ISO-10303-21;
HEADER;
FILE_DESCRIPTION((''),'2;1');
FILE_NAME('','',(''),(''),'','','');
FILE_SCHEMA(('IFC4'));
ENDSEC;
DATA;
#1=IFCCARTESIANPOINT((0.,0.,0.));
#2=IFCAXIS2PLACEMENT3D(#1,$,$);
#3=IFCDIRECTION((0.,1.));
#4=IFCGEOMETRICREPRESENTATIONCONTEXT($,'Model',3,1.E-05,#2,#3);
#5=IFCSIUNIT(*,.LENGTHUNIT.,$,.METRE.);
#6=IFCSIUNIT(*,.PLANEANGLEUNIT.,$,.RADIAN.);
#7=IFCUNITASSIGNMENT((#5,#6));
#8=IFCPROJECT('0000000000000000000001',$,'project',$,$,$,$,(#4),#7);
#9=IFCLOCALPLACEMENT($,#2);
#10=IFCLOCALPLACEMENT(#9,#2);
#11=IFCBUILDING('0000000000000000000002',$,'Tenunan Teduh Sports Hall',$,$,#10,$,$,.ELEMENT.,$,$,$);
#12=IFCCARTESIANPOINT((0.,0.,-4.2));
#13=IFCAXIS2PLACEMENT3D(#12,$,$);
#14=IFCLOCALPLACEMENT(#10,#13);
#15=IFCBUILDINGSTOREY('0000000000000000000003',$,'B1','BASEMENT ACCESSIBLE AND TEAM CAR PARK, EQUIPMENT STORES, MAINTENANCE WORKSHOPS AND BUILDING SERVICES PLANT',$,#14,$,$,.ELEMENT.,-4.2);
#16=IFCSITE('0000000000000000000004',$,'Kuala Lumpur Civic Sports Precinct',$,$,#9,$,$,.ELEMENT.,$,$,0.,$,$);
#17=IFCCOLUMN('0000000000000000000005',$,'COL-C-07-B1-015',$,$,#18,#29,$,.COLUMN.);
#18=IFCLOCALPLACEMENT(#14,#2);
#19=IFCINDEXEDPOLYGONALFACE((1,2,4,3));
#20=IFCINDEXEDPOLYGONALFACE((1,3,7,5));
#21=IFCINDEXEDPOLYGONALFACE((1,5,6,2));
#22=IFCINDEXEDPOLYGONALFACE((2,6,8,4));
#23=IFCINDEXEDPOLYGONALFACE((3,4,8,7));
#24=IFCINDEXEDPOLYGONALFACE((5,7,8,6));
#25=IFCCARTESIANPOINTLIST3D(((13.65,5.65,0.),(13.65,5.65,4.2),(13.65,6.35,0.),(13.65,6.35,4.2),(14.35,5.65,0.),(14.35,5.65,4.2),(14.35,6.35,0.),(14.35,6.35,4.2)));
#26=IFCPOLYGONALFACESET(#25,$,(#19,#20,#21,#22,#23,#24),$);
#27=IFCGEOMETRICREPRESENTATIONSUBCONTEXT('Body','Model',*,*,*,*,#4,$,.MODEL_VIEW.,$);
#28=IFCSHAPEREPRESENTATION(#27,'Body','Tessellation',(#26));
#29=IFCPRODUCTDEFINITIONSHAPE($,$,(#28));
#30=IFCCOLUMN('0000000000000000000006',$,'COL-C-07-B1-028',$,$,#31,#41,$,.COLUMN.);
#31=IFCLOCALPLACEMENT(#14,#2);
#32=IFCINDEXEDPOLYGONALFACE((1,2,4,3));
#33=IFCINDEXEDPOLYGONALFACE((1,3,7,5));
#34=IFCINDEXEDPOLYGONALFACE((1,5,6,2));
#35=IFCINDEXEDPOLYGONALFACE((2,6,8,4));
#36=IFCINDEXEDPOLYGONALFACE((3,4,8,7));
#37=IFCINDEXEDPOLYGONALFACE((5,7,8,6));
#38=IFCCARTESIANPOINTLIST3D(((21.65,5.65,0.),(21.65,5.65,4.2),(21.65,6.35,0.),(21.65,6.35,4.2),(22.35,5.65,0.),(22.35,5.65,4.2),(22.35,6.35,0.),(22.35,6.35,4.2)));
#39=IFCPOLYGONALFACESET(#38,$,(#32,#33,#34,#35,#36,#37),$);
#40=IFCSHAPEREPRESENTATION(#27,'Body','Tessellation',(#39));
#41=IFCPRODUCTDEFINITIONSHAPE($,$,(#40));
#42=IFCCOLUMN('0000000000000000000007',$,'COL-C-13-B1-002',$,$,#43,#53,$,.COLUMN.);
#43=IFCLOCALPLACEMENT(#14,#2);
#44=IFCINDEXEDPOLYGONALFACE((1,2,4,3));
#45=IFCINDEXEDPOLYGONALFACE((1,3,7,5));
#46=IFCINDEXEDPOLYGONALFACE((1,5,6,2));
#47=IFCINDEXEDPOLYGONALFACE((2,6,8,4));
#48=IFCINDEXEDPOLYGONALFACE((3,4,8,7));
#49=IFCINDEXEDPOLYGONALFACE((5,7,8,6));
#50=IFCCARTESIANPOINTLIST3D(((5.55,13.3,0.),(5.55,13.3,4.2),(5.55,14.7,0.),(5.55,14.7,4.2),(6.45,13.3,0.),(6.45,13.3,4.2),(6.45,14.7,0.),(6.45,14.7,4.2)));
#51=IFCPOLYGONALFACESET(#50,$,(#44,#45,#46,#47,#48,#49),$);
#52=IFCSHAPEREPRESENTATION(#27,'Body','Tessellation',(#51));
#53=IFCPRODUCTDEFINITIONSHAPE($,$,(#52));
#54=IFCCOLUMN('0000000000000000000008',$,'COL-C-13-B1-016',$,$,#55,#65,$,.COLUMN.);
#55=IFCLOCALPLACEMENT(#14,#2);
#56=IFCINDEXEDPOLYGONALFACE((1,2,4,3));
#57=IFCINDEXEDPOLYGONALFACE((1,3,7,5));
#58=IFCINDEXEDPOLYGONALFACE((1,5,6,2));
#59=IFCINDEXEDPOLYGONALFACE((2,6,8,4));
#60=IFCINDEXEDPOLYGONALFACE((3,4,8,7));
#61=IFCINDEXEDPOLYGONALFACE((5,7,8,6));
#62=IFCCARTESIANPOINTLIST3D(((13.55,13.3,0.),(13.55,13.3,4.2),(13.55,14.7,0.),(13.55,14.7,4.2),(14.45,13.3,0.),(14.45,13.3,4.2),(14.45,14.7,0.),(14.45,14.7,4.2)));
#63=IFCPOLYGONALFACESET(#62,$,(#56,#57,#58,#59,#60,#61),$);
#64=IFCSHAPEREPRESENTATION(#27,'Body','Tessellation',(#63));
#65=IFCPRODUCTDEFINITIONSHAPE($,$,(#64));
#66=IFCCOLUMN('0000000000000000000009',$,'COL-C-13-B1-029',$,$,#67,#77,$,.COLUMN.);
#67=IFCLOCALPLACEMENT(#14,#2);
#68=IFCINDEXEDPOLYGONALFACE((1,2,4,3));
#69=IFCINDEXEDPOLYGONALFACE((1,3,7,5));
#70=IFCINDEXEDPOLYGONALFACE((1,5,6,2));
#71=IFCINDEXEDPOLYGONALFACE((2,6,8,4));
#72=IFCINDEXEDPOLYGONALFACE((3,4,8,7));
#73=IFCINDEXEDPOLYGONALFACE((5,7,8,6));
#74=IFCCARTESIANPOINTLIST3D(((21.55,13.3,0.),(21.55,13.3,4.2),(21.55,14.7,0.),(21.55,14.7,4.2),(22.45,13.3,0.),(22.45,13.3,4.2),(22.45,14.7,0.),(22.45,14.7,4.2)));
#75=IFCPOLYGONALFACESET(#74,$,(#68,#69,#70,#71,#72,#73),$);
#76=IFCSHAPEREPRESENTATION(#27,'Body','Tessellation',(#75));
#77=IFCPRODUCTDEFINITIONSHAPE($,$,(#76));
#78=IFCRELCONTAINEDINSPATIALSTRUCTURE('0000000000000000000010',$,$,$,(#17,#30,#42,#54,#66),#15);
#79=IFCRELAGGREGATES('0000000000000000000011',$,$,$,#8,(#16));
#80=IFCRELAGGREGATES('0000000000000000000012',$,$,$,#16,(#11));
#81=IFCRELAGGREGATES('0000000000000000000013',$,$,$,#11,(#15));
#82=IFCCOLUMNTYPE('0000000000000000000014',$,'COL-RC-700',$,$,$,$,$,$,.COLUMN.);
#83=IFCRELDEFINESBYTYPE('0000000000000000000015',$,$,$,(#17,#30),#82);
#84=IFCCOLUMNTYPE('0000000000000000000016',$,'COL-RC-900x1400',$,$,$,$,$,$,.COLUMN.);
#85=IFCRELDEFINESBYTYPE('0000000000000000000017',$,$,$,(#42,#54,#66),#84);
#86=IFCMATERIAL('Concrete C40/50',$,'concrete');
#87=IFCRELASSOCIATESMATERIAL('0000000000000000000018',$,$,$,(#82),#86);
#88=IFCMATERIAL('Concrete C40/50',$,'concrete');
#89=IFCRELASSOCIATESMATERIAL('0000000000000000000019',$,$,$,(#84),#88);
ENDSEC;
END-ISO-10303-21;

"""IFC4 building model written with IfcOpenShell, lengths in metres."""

from ifc_helpers import new_model, si_unit, direction, frame, origin, origin_2d, place, context, subcontext, project, spatial, rectangle, extrude, material, material_profile, profile_set, type_object, element, save


model = new_model("IFC4")

# Units and contexts
model_context = context("Model", 3, precision=1e-05, world=origin(), true_north=direction((0.0, 1.0)))
body_context = subcontext(model_context, "Body", "Model", "MODEL_VIEW")
ifc_project = project(units=[si_unit("LENGTHUNIT", "METRE"), si_unit("PLANEANGLEUNIT", "RADIAN")], contexts=[model_context])

# Site, building, storey
site_placement = place(None, origin())
site = spatial("IfcSite", under=ifc_project, at=site_placement, Name="Kuala Lumpur Civic Sports Precinct", CompositionType="ELEMENT", RefElevation=0.0)
building_placement = place(site_placement, origin())
building = spatial("IfcBuilding", under=site, at=building_placement, Name="Tenunan Teduh Sports Hall", CompositionType="ELEMENT")
storey_placement = place(building_placement, frame((0.0, 0.0, -4.2)))
storey = spatial("IfcBuildingStorey", under=building, at=storey_placement, Name="B1", Description="BASEMENT ACCESSIBLE AND TEAM CAR PARK, EQUIPMENT STORES, MAINTENANCE WORKSHOPS AND BUILDING SERVICES PLANT", CompositionType="ELEMENT", Elevation=-4.2)

# Columns
ifc_material_1 = material(Name="Concrete C40/50", Category="concrete")
ifc_material_profile_1 = material_profile(ifc_material_1, rectangle(XDim=0.7, YDim=0.7, at=origin_2d()), Name="RC 700x700")
ifc_profile_set_1 = profile_set([ifc_material_profile_1], Name="Concrete C40/50")
column_type_1 = type_object("IfcColumnType", Name="COL-RC-700", PredefinedType="COLUMN", material=ifc_profile_set_1)
for number, where, z_axis, x_axis, name in (
    (1, (14.0, 6.0, 0.0), (0.0, 0.0, 1.0), (1.0, 0.0, 0.0), "COL-C-07-B1-015"),
    (2, (22.0, 6.0, 0.0), (0.0, 0.0, 1.0), (1.0, 0.0, 0.0), "COL-C-07-B1-028"),
):
    element("IfcColumn", number, at=place(storey_placement, frame(where, z_axis=z_axis, x_axis=x_axis)), inside=storey, type_object=column_type_1, Name=name, PredefinedType="COLUMN", context=body_context, shape_type="SweptSolid", body=[
        extrude(rectangle(XDim=0.7, YDim=0.7, at=origin_2d()), origin(), (0.0, 0.0, 1.0), 4.2),
    ])
ifc_material_2 = material(Name="Concrete C40/50", Category="concrete")
ifc_material_profile_2 = material_profile(ifc_material_2, rectangle(XDim=0.8999, YDim=1.3999, at=origin_2d()), Name="RC 900x1400")
ifc_profile_set_2 = profile_set([ifc_material_profile_2], Name="Concrete C40/50")
column_type_2 = type_object("IfcColumnType", Name="COL-RC-900x1400", PredefinedType="COLUMN", material=ifc_profile_set_2)
for number, where, z_axis, x_axis, name in (
    (3, (6.0, 14.0, 0.0), (0.0, 0.0, 1.0), (1.0, 0.0, 0.0), "COL-C-13-B1-002"),
    (4, (14.0, 14.0, 0.0), (0.0, 0.0, 1.0), (1.0, 0.0, 0.0), "COL-C-13-B1-016"),
    (5, (22.0, 14.0, 0.0), (0.0, 0.0, 1.0), (1.0, 0.0, 0.0), "COL-C-13-B1-029"),
):
    element("IfcColumn", number, at=place(storey_placement, frame(where, z_axis=z_axis, x_axis=x_axis)), inside=storey, type_object=column_type_2, Name=name, PredefinedType="COLUMN", context=body_context, shape_type="SweptSolid", body=[
        extrude(rectangle(XDim=0.8999, YDim=1.3999, at=origin_2d()), origin(), (0.0, 0.0, 1.0), 4.2),
    ])

save(model, "model.ifc")
